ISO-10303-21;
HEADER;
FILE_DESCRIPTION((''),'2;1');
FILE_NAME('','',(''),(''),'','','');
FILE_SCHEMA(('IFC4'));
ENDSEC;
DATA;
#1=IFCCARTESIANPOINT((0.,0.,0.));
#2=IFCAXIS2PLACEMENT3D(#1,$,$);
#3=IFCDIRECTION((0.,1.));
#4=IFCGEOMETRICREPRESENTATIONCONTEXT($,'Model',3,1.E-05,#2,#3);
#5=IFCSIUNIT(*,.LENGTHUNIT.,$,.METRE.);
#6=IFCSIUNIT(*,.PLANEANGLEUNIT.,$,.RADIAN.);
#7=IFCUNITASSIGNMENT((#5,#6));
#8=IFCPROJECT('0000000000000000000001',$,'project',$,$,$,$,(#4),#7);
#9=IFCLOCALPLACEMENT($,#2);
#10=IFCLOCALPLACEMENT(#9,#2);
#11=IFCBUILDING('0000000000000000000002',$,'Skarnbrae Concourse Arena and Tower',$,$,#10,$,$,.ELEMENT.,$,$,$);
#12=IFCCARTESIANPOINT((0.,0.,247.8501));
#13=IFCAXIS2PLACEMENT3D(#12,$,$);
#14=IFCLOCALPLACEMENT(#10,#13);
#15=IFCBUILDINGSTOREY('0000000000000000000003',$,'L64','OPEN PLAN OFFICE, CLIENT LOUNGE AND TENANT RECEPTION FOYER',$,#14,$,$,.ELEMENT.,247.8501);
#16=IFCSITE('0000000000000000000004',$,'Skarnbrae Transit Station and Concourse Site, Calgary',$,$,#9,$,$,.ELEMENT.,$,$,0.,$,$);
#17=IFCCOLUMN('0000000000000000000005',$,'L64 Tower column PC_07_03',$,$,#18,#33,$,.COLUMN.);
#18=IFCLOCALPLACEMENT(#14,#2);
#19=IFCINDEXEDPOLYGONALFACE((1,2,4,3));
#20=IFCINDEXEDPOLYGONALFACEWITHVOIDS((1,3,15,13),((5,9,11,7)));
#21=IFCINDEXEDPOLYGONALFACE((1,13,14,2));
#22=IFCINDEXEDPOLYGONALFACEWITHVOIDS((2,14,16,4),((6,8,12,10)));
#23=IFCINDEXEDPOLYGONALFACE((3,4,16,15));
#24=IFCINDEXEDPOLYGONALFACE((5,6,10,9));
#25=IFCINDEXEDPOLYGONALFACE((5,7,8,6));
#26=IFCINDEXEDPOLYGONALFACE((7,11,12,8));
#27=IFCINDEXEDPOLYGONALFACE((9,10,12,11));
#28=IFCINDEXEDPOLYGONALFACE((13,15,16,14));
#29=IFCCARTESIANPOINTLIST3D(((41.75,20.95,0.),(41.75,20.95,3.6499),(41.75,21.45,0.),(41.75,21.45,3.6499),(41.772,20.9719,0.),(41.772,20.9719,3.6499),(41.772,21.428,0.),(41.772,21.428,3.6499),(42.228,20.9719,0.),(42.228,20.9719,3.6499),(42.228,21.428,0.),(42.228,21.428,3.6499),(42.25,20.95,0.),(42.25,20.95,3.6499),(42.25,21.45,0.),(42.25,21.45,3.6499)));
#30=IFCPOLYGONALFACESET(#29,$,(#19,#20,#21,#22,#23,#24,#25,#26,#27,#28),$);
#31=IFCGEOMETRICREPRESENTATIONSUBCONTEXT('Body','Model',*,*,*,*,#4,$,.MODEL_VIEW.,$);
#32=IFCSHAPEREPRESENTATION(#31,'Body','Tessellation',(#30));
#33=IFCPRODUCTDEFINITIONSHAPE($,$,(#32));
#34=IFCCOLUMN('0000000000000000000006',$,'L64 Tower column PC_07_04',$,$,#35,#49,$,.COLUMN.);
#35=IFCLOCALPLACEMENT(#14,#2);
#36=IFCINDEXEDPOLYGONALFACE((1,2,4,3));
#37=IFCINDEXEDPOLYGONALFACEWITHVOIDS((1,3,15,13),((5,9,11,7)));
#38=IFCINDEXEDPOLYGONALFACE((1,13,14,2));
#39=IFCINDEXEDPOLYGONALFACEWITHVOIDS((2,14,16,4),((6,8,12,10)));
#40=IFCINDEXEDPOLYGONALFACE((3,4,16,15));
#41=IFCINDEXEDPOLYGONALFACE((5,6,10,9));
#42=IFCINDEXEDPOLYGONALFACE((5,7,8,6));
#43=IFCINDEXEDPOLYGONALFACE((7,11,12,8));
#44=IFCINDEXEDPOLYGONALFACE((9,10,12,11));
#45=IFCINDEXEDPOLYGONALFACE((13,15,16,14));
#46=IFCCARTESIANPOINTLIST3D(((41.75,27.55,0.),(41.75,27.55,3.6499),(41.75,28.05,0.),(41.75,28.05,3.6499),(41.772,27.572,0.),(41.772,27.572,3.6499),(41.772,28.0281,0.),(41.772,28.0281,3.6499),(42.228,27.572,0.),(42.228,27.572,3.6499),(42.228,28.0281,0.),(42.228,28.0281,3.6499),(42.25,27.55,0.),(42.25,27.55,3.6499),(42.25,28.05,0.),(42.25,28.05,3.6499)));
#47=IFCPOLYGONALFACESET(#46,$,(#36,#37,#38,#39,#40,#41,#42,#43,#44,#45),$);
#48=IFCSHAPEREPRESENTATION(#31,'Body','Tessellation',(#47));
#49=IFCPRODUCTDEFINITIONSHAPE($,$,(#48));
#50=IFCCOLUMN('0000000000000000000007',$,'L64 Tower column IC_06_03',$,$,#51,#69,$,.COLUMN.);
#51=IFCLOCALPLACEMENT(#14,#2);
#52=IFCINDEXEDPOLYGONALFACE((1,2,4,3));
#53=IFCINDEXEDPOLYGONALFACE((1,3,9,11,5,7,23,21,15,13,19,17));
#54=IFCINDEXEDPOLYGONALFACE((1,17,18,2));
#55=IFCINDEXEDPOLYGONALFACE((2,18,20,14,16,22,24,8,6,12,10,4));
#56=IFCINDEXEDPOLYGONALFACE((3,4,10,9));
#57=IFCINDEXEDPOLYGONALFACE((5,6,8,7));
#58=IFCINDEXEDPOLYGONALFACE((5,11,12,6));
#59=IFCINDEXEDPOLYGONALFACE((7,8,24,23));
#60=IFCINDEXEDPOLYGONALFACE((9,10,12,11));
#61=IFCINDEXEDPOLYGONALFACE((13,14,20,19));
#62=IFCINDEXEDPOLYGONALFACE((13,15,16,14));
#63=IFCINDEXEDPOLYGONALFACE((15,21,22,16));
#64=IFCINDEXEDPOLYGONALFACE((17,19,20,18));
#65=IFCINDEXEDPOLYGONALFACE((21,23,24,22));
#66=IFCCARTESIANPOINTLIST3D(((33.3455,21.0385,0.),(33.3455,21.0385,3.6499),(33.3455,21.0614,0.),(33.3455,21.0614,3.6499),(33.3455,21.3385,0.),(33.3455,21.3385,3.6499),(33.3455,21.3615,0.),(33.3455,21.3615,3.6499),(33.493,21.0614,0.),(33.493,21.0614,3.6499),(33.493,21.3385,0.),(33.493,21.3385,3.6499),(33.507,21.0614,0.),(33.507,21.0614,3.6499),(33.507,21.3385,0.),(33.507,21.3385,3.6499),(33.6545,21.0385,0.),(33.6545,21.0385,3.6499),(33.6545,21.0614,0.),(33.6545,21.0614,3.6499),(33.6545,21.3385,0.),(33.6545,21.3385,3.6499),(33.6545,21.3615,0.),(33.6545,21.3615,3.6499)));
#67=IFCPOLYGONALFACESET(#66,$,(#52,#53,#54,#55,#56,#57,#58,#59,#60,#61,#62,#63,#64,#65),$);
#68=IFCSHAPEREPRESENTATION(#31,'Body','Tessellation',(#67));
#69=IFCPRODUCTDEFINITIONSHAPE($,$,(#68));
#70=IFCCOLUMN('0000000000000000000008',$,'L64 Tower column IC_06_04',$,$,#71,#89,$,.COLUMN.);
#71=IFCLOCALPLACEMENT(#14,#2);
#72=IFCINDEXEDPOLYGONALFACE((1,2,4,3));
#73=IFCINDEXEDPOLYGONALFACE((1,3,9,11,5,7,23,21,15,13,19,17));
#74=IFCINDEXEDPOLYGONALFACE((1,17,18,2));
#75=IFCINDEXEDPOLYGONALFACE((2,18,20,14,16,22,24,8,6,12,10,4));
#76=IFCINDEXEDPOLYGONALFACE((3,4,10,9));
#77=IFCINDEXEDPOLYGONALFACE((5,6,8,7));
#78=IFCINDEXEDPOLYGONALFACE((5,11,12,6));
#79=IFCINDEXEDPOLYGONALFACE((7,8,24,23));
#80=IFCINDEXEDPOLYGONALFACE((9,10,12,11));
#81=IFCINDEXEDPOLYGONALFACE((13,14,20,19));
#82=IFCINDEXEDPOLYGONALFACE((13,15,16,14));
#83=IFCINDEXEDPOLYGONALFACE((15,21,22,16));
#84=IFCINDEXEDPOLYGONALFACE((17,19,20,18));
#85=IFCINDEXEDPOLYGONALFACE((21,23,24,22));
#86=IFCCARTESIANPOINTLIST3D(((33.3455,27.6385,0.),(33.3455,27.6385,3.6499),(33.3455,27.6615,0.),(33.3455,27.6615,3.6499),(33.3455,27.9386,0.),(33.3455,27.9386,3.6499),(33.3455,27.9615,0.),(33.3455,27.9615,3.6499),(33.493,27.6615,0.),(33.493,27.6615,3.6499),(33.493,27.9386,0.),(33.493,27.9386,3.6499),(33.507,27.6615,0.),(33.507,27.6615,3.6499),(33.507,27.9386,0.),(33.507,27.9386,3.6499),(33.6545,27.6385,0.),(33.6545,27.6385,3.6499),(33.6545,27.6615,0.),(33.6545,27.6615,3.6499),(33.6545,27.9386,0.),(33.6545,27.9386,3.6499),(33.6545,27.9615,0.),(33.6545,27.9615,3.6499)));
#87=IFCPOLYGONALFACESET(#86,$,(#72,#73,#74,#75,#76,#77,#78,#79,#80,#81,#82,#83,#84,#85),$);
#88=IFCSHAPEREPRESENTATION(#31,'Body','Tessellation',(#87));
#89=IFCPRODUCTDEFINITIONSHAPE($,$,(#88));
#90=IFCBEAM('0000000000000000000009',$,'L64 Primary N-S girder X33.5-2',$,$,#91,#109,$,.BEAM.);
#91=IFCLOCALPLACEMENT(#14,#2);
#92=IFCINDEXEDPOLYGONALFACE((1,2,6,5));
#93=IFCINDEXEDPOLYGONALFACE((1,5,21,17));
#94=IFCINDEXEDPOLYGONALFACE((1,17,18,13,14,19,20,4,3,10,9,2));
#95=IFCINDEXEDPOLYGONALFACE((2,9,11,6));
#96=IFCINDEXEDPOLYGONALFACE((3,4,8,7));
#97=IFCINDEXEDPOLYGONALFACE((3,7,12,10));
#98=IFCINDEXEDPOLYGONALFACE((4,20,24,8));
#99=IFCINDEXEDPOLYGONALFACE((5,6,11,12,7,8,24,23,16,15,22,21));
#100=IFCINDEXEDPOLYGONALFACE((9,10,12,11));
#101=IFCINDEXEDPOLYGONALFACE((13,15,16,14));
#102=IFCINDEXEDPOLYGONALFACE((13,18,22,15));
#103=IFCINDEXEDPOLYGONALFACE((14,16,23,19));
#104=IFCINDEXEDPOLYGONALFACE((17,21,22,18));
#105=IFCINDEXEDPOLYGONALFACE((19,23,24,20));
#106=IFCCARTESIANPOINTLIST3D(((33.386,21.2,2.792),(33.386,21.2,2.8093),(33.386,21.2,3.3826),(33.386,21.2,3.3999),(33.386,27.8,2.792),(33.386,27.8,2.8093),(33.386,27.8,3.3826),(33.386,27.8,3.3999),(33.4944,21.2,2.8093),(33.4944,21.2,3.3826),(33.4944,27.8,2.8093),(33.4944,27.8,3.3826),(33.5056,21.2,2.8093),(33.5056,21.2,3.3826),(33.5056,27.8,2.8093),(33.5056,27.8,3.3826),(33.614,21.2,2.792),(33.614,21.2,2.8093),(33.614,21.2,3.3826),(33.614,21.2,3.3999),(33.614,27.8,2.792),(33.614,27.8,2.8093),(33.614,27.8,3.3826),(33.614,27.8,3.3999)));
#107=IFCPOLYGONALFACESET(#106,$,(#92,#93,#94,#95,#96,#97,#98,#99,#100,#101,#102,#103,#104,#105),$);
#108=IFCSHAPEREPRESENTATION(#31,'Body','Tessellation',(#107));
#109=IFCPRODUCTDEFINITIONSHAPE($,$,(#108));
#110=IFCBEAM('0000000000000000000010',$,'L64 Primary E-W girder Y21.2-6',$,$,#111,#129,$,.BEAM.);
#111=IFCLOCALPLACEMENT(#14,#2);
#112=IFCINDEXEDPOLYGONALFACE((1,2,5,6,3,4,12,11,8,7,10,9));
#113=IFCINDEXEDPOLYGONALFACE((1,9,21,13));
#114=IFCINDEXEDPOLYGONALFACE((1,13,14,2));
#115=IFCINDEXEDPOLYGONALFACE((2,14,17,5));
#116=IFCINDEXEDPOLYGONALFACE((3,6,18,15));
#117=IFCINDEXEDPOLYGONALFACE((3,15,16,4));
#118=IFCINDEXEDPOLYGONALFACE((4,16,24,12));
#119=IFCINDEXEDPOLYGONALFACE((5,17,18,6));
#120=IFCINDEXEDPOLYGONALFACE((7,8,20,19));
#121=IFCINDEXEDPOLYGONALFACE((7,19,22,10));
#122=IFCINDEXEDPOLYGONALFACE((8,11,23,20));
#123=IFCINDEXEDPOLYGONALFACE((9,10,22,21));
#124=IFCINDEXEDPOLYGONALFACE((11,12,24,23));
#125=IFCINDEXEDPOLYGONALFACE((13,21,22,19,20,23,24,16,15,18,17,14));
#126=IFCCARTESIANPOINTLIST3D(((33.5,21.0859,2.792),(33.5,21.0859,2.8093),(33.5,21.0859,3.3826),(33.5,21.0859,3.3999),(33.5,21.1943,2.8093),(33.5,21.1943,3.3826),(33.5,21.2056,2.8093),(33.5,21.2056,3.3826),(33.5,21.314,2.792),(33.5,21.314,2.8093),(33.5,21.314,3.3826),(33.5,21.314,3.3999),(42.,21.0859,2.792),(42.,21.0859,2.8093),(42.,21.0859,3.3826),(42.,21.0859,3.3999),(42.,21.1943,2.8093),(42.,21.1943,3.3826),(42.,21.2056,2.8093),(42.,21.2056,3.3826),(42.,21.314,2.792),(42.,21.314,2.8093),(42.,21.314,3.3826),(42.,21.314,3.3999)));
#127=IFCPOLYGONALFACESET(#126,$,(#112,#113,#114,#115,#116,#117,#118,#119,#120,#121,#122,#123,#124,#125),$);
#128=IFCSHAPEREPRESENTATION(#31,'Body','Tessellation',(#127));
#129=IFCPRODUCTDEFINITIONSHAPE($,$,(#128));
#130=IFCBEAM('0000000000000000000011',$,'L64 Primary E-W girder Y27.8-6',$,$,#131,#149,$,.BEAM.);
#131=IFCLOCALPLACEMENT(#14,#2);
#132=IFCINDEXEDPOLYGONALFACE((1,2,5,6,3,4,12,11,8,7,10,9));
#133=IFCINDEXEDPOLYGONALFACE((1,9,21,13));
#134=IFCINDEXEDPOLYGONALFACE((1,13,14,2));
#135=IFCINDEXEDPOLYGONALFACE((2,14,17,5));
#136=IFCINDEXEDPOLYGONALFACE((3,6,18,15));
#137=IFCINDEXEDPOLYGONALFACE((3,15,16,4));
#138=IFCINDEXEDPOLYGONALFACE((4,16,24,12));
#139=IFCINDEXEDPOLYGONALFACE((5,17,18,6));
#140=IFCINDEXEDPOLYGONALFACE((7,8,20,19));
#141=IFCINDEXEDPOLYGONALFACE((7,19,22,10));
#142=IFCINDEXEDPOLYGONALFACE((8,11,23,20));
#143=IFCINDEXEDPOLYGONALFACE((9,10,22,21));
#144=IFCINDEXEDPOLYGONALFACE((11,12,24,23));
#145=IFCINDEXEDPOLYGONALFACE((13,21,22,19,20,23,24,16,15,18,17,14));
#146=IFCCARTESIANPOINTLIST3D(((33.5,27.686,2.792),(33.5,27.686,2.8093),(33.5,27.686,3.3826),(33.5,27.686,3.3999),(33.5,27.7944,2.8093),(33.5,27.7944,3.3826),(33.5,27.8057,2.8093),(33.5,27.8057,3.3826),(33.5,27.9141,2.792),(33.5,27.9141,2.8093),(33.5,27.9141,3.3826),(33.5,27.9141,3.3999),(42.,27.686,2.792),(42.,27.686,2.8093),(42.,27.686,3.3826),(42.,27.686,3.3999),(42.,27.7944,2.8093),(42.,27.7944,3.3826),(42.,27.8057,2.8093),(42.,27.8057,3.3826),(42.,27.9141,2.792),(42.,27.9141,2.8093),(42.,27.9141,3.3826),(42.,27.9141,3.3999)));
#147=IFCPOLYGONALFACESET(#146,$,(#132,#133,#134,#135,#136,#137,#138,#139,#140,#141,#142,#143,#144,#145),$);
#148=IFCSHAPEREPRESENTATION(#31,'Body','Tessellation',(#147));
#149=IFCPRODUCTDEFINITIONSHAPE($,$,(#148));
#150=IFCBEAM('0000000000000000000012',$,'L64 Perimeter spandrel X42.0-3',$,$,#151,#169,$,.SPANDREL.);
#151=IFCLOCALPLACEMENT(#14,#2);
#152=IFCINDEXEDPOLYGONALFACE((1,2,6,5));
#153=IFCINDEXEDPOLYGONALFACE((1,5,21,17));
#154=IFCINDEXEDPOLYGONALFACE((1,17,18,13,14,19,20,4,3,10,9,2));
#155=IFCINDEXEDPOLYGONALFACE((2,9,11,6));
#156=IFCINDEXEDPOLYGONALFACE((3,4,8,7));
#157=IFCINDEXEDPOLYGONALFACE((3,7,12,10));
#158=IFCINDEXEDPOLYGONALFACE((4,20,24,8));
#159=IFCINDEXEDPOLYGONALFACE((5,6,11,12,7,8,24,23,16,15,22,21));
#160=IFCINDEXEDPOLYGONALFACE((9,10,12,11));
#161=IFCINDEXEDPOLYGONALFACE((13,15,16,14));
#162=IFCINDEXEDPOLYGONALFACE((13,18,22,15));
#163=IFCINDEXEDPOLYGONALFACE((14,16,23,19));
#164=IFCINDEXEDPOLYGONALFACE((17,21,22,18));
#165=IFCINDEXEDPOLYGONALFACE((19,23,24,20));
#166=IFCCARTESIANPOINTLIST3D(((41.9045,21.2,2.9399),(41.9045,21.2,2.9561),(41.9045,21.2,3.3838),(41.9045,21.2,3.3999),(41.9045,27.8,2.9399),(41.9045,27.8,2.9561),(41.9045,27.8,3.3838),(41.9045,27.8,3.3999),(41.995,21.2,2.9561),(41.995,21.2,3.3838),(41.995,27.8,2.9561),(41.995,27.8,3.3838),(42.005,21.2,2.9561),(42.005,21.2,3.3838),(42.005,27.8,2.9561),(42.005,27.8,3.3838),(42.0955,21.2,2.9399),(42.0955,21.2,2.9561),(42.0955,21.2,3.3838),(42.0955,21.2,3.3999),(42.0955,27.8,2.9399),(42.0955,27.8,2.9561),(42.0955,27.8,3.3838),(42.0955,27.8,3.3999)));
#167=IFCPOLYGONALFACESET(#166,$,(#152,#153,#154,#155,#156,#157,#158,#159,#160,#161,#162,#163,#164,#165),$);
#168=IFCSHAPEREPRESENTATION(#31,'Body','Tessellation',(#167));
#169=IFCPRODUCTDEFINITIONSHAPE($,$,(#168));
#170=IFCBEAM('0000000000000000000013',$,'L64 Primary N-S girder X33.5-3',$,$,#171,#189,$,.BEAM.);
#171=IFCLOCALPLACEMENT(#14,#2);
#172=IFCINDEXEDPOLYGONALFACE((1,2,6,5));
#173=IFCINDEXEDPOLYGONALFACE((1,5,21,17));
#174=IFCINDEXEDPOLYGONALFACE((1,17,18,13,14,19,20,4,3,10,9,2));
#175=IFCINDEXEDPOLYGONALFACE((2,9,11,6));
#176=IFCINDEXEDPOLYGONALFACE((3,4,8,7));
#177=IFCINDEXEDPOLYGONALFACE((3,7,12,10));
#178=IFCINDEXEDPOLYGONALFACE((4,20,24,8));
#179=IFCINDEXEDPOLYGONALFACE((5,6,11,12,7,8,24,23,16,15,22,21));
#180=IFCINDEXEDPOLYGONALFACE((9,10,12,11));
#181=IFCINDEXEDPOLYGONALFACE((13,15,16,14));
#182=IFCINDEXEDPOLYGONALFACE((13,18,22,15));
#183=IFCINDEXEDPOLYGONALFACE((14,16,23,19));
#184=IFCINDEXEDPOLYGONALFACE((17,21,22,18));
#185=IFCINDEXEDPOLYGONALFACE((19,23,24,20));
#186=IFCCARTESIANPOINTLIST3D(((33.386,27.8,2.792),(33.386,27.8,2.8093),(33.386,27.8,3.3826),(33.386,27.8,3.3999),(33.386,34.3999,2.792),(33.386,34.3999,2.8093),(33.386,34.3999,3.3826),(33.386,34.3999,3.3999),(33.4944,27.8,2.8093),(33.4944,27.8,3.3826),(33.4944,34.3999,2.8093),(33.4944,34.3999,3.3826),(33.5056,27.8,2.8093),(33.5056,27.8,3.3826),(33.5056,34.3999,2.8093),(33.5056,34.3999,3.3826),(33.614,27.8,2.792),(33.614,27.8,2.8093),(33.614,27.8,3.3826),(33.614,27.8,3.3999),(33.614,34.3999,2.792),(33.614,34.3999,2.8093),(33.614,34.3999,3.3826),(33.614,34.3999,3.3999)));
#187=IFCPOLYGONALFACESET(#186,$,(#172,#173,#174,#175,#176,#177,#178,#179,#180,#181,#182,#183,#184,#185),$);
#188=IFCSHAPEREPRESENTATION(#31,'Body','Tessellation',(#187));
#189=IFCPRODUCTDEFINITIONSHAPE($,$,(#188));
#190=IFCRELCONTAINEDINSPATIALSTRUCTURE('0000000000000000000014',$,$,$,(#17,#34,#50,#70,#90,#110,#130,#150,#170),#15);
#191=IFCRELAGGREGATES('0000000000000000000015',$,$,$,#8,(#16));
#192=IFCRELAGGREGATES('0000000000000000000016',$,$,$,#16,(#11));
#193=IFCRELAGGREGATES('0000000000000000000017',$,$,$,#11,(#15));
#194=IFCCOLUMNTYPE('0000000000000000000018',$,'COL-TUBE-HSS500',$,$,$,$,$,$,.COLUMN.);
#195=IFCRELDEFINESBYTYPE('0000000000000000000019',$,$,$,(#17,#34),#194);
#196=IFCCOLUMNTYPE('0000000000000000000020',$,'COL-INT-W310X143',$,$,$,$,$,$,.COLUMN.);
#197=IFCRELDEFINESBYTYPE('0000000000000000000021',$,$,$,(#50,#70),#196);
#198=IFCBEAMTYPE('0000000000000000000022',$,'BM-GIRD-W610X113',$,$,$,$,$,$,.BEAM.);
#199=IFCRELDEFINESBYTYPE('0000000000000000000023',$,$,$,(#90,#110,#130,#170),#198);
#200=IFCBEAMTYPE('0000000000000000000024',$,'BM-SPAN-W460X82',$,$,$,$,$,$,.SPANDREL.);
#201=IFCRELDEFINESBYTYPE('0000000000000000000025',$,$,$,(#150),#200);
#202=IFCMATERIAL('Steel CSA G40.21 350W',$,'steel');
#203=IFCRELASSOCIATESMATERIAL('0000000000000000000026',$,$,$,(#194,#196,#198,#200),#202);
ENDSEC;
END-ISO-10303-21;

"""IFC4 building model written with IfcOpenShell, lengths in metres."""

from ifc_helpers import new_model, si_unit, direction, frame, origin, origin_2d, place, context, subcontext, project, spatial, hollow_rectangle, i_section, extrude, source, transform, mapped, material, material_profile, profile_set, type_object, element, save


model = new_model("IFC4")

# Units and contexts
model_context = context("Model", 3, precision=1e-05, world=origin(), true_north=direction((0.0, 1.0)))
body_context = subcontext(model_context, "Body", "Model", "MODEL_VIEW")
ifc_project = project(units=[si_unit("LENGTHUNIT", "METRE"), si_unit("PLANEANGLEUNIT", "RADIAN")], contexts=[model_context])

# Site, building, storey
site_placement = place(None, origin())
site = spatial("IfcSite", under=ifc_project, at=site_placement, Name="Skarnbrae Transit Station and Concourse Site, Calgary", CompositionType="ELEMENT", RefElevation=0.0)
building_placement = place(site_placement, origin())
building = spatial("IfcBuilding", under=site, at=building_placement, Name="Skarnbrae Concourse Arena and Tower", CompositionType="ELEMENT")
storey_placement = place(building_placement, frame((0.0, 0.0, 247.8501)))
storey = spatial("IfcBuildingStorey", under=building, at=storey_placement, Name="L64", Description="OPEN PLAN OFFICE, CLIENT LOUNGE AND TENANT RECEPTION FOYER", CompositionType="ELEMENT", Elevation=247.8501)

# Columns
ifc_material_1 = material(Name="Steel CSA G40.21 350W", Category="steel")
ifc_material_profile_1 = material_profile(ifc_material_1, hollow_rectangle(XDim=0.5, YDim=0.5, WallThickness=0.022, at=origin_2d()), Name="HSS500X500X22.0")
ifc_profile_set_1 = profile_set([ifc_material_profile_1], Name="Steel CSA G40.21 350W")
column_type_1 = type_object("IfcColumnType", Name="COL-TUBE-HSS500", PredefinedType="COLUMN", material=ifc_profile_set_1)
shared_shape_1 = source(origin(), body_context, "Body", "SweptSolid", [
    extrude(hollow_rectangle(XDim=0.5, YDim=0.5, WallThickness=0.022, at=origin_2d()), origin(), (0.0, 0.0, 1.0), 3.6499),
])
for number, where, z_axis, x_axis, name in (
    (1, (42.0, 21.2, 0.0), (0.0, 0.0, 1.0), (1.0, 0.0, 0.0), "L64 Tower column PC_07_03"),
    (2, (42.0, 27.8, 0.0), (0.0, 0.0, 1.0), (1.0, 0.0, 0.0), "L64 Tower column PC_07_04"),
):
    element("IfcColumn", number, at=place(storey_placement, frame(where, z_axis=z_axis, x_axis=x_axis)), inside=storey, type_object=column_type_1, Name=name, PredefinedType="COLUMN", context=body_context, shape_type="MappedRepresentation", body=[
        mapped(shared_shape_1, transform((0.0, 0.0, 0.0))),
    ])
ifc_material_profile_2 = material_profile(ifc_material_1, i_section(OverallWidth=0.3091, OverallDepth=0.323, WebThickness=0.0139, FlangeThickness=0.0229, at=origin_2d()), Name="W310X143")
ifc_profile_set_2 = profile_set([ifc_material_profile_2], Name="Steel CSA G40.21 350W")
column_type_2 = type_object("IfcColumnType", Name="COL-INT-W310X143", PredefinedType="COLUMN", material=ifc_profile_set_2)
shared_shape_2 = source(origin(), body_context, "Body", "SweptSolid", [
    extrude(i_section(OverallWidth=0.3091, OverallDepth=0.323, WebThickness=0.0139, FlangeThickness=0.0229, at=origin_2d()), origin(), (0.0, 0.0, 1.0), 3.6499),
])
for number, where, z_axis, x_axis, name in (
    (3, (33.5, 21.2, 0.0), (0.0, 0.0, 1.0), (1.0, 0.0, 0.0), "L64 Tower column IC_06_03"),
    (4, (33.5, 27.8, 0.0), (0.0, 0.0, 1.0), (1.0, 0.0, 0.0), "L64 Tower column IC_06_04"),
):
    element("IfcColumn", number, at=place(storey_placement, frame(where, z_axis=z_axis, x_axis=x_axis)), inside=storey, type_object=column_type_2, Name=name, PredefinedType="COLUMN", context=body_context, shape_type="MappedRepresentation", body=[
        mapped(shared_shape_2, transform((0.0, 0.0, 0.0))),
    ])

# Beams
ifc_material_profile_3 = material_profile(ifc_material_1, i_section(OverallWidth=0.228, OverallDepth=0.6079, WebThickness=0.0112, FlangeThickness=0.0173, at=origin_2d()), Name="W610X113")
ifc_profile_set_3 = profile_set([ifc_material_profile_3], Name="Steel CSA G40.21 350W")
beam_type_1 = type_object("IfcBeamType", Name="BM-GIRD-W610X113", PredefinedType="BEAM", material=ifc_profile_set_3)
shared_shape_3 = source(origin(), body_context, "Body", "SweptSolid", [
    extrude(i_section(OverallWidth=0.228, OverallDepth=0.6079, WebThickness=0.0112, FlangeThickness=0.0173, at=origin_2d()), origin(), (0.0, 0.0, 1.0), 6.6001),
])
beam_1_placement = place(storey_placement, frame((33.5, 21.2, 3.0959), z_axis=(0.0, 1.0, 0.0), x_axis=(-1.0, 0.0, 0.0)))
element("IfcBeam", 5, at=beam_1_placement, inside=storey, type_object=beam_type_1, Name="L64 Primary N-S girder X33.5-2", PredefinedType="BEAM", context=body_context, shape_type="MappedRepresentation", body=[
    mapped(shared_shape_3, transform((0.0, 0.0, 0.0))),
])
shared_shape_4 = source(origin(), body_context, "Body", "SweptSolid", [
    extrude(i_section(OverallWidth=0.228, OverallDepth=0.6079, WebThickness=0.0112, FlangeThickness=0.0173, at=origin_2d()), origin(), (0.0, 0.0, 1.0), 8.5),
])
for number, where, z_axis, x_axis, name in (
    (6, (33.5, 21.2, 3.0959), (1.0, 0.0, 0.0), (0.0, 1.0, 0.0), "L64 Primary E-W girder Y21.2-6"),
    (7, (33.5, 27.8, 3.0959), (1.0, 0.0, 0.0), (0.0, 1.0, 0.0), "L64 Primary E-W girder Y27.8-6"),
):
    element("IfcBeam", number, at=place(storey_placement, frame(where, z_axis=z_axis, x_axis=x_axis)), inside=storey, type_object=beam_type_1, Name=name, PredefinedType="BEAM", context=body_context, shape_type="MappedRepresentation", body=[
        mapped(shared_shape_4, transform((0.0, 0.0, 0.0))),
    ])
ifc_material_profile_4 = material_profile(ifc_material_1, i_section(OverallWidth=0.1909, OverallDepth=0.46, WebThickness=0.01, FlangeThickness=0.0161, at=origin_2d()), Name="W460X82")
ifc_profile_set_4 = profile_set([ifc_material_profile_4], Name="Steel CSA G40.21 350W")
beam_type_2 = type_object("IfcBeamType", Name="BM-SPAN-W460X82", PredefinedType="SPANDREL", material=ifc_profile_set_4)
shared_shape_5 = source(origin(), body_context, "Body", "SweptSolid", [
    extrude(i_section(OverallWidth=0.1909, OverallDepth=0.46, WebThickness=0.01, FlangeThickness=0.0161, at=origin_2d()), origin(), (0.0, 0.0, 1.0), 6.6001),
])
beam_2_placement = place(storey_placement, frame((42.0, 21.2, 3.1699), z_axis=(0.0, 1.0, 0.0), x_axis=(-1.0, 0.0, 0.0)))
element("IfcBeam", 8, at=beam_2_placement, inside=storey, type_object=beam_type_2, Name="L64 Perimeter spandrel X42.0-3", PredefinedType="SPANDREL", context=body_context, shape_type="MappedRepresentation", body=[
    mapped(shared_shape_5, transform((0.0, 0.0, 0.0))),
])
shared_shape_6 = source(origin(), body_context, "Body", "SweptSolid", [
    extrude(i_section(OverallWidth=0.228, OverallDepth=0.6079, WebThickness=0.0112, FlangeThickness=0.0173, at=origin_2d()), origin(), (0.0, 0.0, 1.0), 6.5999),
])
beam_3_placement = place(storey_placement, frame((33.5, 27.8, 3.0959), z_axis=(0.0, 1.0, 0.0), x_axis=(-1.0, 0.0, 0.0)))
element("IfcBeam", 9, at=beam_3_placement, inside=storey, type_object=beam_type_1, Name="L64 Primary N-S girder X33.5-3", PredefinedType="BEAM", context=body_context, shape_type="MappedRepresentation", body=[
    mapped(shared_shape_6, transform((0.0, 0.0, 0.0))),
])

save(model, "model.ifc")
